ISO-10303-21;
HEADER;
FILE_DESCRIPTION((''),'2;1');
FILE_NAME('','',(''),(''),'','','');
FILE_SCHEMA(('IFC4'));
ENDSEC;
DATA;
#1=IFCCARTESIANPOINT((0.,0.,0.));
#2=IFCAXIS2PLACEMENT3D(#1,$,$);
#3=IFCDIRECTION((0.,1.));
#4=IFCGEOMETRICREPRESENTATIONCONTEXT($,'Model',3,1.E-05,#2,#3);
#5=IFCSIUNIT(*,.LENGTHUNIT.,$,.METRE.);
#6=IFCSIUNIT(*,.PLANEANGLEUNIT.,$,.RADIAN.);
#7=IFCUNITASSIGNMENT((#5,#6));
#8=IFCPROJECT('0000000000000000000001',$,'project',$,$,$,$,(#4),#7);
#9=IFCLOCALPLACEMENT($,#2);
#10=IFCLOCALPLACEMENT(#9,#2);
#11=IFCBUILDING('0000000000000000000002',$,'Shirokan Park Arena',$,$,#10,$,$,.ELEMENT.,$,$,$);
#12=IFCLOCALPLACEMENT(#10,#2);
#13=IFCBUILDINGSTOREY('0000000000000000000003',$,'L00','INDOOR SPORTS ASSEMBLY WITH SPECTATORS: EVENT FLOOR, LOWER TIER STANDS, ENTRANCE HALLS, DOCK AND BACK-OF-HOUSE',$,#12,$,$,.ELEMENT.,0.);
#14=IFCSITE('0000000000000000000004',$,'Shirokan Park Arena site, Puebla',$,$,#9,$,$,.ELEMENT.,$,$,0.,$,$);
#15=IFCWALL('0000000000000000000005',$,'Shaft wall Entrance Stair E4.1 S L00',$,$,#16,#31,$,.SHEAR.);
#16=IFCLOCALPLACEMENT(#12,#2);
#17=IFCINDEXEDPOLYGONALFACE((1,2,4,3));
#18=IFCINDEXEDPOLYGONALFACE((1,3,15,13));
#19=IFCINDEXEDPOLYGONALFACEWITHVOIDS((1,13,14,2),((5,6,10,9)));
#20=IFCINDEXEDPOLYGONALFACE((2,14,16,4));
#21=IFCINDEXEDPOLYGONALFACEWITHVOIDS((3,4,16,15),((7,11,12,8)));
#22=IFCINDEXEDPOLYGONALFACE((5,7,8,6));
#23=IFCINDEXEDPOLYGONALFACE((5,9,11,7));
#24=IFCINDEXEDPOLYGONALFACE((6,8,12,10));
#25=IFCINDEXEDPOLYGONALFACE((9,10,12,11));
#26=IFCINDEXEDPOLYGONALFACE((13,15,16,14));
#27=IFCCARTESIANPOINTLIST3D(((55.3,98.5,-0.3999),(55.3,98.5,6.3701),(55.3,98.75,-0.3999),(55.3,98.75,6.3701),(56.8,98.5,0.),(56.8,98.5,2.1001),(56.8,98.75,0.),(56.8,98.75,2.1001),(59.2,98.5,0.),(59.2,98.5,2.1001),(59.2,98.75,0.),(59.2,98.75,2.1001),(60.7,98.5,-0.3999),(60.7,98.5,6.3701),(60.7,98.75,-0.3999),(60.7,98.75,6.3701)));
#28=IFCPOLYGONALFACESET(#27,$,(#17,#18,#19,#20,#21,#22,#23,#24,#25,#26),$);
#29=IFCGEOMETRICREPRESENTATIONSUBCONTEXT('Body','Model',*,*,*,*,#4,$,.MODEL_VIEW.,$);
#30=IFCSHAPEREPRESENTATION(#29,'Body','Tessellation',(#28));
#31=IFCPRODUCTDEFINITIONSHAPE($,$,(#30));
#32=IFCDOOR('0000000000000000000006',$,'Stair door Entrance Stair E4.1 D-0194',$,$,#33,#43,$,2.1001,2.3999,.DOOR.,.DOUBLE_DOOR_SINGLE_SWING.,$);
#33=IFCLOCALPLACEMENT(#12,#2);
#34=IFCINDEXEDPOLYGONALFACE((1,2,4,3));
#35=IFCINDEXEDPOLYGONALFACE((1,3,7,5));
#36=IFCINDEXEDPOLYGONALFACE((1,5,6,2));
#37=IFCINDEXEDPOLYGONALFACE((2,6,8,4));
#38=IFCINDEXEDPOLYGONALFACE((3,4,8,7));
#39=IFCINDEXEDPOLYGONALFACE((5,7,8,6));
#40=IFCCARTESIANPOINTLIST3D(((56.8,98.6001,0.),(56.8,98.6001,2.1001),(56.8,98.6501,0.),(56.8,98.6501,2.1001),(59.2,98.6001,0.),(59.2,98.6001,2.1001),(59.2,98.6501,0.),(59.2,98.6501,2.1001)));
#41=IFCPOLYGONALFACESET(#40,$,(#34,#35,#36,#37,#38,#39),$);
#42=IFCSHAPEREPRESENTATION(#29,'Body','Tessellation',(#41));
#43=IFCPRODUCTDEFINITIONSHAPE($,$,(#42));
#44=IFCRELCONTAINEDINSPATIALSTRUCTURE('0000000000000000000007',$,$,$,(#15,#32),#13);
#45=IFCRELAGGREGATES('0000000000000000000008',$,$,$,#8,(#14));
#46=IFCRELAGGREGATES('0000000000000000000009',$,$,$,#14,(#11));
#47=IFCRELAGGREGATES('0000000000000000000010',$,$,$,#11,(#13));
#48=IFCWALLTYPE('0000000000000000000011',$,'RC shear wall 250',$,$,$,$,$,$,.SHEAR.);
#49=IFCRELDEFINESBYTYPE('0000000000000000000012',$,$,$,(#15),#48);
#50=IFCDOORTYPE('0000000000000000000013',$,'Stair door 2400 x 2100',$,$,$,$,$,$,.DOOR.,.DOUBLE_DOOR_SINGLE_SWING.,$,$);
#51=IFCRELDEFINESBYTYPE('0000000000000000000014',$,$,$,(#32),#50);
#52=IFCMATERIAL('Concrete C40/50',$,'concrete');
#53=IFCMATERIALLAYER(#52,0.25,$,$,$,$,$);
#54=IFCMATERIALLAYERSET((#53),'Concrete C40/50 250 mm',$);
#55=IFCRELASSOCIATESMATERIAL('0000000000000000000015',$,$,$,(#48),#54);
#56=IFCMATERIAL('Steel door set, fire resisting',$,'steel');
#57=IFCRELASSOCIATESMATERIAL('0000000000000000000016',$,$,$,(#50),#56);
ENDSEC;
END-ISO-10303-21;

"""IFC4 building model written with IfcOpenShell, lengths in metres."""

from ifc_helpers import new_model, si_unit, direction, frame, frame_2d, origin, place, context, subcontext, project, spatial, rectangle, extrude, material, layer, layer_set, type_object, element, fill, save


model = new_model("IFC4")

# Units and contexts
model_context = context("Model", 3, precision=1e-05, world=origin(), true_north=direction((0.0, 1.0)))
body_context = subcontext(model_context, "Body", "Model", "MODEL_VIEW")
ifc_project = project(units=[si_unit("LENGTHUNIT", "METRE"), si_unit("PLANEANGLEUNIT", "RADIAN")], contexts=[model_context])

# Site, building, storey
site_placement = place(None, origin())
site = spatial("IfcSite", under=ifc_project, at=site_placement, Name="Shirokan Park Arena site, Puebla", CompositionType="ELEMENT", RefElevation=0.0)
building_placement = place(site_placement, origin())
building = spatial("IfcBuilding", under=site, at=building_placement, Name="Shirokan Park Arena", CompositionType="ELEMENT")
storey_placement = place(building_placement, origin())
storey = spatial("IfcBuildingStorey", under=building, at=storey_placement, Name="L00", Description="INDOOR SPORTS ASSEMBLY WITH SPECTATORS: EVENT FLOOR, LOWER TIER STANDS, ENTRANCE HALLS, DOCK AND BACK-OF-HOUSE", CompositionType="ELEMENT", Elevation=0.0)

# Wall, opening, door
ifc_material_1 = material(Name="Concrete C40/50", Category="concrete")
ifc_layer_1 = layer(ifc_material_1, 0.25)
ifc_layer_set_1 = layer_set([ifc_layer_1], Name="Concrete C40/50 250 mm")
wall_type_1 = type_object("IfcWallType", Name="RC shear wall 250", PredefinedType="SHEAR", material=ifc_layer_set_1)
wall_1_placement = place(storey_placement, frame((60.7, 98.625, -0.3999), z_axis=(0.0, 0.0, 1.0), x_axis=(-1.0, 0.0, 0.0)))
wall_1 = element("IfcWall", 1, at=wall_1_placement, inside=storey, type_object=wall_type_1, Name="Shaft wall Entrance Stair E4.1 S L00", PredefinedType="SHEAR", context=body_context, shape_type="SweptSolid", body=[
    extrude(rectangle(XDim=5.3999, YDim=0.25, at=frame_2d((2.7, 0.0))), origin(), (0.0, 0.0, 1.0), 6.77),
])
opening_1_placement = place(wall_1_placement, frame((1.5, 0.0, 0.3999)))
opening_1 = element("IfcOpeningElement", 2, at=opening_1_placement, cuts=wall_1, PredefinedType="OPENING", context=body_context, shape_type="SweptSolid", body=[
    extrude(rectangle(XDim=2.3999, YDim=2.1001, at=frame_2d((1.2, 1.05))), frame((0.0, 0.135, 0.0), z_axis=(0.0, -1.0, 0.0), x_axis=(1.0, 0.0, 0.0)), (0.0, 0.0, 1.0), 0.27),
])
ifc_material_2 = material(Name="Steel door set, fire resisting", Category="steel")
door_type_1 = type_object("IfcDoorType", Name="Stair door 2400 x 2100", OperationType="DOUBLE_DOOR_SINGLE_SWING", PredefinedType="DOOR", material=ifc_material_2)
door_1_placement = place(opening_1_placement, origin())
door_1 = element("IfcDoor", 3, at=door_1_placement, inside=storey, type_object=door_type_1, Name="Stair door Entrance Stair E4.1 D-0194", OperationType="DOUBLE_DOOR_SINGLE_SWING", OverallHeight=2.1001, OverallWidth=2.3999, PredefinedType="DOOR", context=body_context, shape_type="SweptSolid", body=[
    extrude(rectangle(XDim=2.3999, YDim=2.1001, at=frame_2d((1.2, 1.05))), frame((0.0, 0.0249, 0.0), z_axis=(0.0, -1.0, 0.0), x_axis=(1.0, 0.0, 0.0)), (0.0, 0.0, 1.0), 0.05),
])
fill(opening_1, door_1)

save(model, "model.ifc")
